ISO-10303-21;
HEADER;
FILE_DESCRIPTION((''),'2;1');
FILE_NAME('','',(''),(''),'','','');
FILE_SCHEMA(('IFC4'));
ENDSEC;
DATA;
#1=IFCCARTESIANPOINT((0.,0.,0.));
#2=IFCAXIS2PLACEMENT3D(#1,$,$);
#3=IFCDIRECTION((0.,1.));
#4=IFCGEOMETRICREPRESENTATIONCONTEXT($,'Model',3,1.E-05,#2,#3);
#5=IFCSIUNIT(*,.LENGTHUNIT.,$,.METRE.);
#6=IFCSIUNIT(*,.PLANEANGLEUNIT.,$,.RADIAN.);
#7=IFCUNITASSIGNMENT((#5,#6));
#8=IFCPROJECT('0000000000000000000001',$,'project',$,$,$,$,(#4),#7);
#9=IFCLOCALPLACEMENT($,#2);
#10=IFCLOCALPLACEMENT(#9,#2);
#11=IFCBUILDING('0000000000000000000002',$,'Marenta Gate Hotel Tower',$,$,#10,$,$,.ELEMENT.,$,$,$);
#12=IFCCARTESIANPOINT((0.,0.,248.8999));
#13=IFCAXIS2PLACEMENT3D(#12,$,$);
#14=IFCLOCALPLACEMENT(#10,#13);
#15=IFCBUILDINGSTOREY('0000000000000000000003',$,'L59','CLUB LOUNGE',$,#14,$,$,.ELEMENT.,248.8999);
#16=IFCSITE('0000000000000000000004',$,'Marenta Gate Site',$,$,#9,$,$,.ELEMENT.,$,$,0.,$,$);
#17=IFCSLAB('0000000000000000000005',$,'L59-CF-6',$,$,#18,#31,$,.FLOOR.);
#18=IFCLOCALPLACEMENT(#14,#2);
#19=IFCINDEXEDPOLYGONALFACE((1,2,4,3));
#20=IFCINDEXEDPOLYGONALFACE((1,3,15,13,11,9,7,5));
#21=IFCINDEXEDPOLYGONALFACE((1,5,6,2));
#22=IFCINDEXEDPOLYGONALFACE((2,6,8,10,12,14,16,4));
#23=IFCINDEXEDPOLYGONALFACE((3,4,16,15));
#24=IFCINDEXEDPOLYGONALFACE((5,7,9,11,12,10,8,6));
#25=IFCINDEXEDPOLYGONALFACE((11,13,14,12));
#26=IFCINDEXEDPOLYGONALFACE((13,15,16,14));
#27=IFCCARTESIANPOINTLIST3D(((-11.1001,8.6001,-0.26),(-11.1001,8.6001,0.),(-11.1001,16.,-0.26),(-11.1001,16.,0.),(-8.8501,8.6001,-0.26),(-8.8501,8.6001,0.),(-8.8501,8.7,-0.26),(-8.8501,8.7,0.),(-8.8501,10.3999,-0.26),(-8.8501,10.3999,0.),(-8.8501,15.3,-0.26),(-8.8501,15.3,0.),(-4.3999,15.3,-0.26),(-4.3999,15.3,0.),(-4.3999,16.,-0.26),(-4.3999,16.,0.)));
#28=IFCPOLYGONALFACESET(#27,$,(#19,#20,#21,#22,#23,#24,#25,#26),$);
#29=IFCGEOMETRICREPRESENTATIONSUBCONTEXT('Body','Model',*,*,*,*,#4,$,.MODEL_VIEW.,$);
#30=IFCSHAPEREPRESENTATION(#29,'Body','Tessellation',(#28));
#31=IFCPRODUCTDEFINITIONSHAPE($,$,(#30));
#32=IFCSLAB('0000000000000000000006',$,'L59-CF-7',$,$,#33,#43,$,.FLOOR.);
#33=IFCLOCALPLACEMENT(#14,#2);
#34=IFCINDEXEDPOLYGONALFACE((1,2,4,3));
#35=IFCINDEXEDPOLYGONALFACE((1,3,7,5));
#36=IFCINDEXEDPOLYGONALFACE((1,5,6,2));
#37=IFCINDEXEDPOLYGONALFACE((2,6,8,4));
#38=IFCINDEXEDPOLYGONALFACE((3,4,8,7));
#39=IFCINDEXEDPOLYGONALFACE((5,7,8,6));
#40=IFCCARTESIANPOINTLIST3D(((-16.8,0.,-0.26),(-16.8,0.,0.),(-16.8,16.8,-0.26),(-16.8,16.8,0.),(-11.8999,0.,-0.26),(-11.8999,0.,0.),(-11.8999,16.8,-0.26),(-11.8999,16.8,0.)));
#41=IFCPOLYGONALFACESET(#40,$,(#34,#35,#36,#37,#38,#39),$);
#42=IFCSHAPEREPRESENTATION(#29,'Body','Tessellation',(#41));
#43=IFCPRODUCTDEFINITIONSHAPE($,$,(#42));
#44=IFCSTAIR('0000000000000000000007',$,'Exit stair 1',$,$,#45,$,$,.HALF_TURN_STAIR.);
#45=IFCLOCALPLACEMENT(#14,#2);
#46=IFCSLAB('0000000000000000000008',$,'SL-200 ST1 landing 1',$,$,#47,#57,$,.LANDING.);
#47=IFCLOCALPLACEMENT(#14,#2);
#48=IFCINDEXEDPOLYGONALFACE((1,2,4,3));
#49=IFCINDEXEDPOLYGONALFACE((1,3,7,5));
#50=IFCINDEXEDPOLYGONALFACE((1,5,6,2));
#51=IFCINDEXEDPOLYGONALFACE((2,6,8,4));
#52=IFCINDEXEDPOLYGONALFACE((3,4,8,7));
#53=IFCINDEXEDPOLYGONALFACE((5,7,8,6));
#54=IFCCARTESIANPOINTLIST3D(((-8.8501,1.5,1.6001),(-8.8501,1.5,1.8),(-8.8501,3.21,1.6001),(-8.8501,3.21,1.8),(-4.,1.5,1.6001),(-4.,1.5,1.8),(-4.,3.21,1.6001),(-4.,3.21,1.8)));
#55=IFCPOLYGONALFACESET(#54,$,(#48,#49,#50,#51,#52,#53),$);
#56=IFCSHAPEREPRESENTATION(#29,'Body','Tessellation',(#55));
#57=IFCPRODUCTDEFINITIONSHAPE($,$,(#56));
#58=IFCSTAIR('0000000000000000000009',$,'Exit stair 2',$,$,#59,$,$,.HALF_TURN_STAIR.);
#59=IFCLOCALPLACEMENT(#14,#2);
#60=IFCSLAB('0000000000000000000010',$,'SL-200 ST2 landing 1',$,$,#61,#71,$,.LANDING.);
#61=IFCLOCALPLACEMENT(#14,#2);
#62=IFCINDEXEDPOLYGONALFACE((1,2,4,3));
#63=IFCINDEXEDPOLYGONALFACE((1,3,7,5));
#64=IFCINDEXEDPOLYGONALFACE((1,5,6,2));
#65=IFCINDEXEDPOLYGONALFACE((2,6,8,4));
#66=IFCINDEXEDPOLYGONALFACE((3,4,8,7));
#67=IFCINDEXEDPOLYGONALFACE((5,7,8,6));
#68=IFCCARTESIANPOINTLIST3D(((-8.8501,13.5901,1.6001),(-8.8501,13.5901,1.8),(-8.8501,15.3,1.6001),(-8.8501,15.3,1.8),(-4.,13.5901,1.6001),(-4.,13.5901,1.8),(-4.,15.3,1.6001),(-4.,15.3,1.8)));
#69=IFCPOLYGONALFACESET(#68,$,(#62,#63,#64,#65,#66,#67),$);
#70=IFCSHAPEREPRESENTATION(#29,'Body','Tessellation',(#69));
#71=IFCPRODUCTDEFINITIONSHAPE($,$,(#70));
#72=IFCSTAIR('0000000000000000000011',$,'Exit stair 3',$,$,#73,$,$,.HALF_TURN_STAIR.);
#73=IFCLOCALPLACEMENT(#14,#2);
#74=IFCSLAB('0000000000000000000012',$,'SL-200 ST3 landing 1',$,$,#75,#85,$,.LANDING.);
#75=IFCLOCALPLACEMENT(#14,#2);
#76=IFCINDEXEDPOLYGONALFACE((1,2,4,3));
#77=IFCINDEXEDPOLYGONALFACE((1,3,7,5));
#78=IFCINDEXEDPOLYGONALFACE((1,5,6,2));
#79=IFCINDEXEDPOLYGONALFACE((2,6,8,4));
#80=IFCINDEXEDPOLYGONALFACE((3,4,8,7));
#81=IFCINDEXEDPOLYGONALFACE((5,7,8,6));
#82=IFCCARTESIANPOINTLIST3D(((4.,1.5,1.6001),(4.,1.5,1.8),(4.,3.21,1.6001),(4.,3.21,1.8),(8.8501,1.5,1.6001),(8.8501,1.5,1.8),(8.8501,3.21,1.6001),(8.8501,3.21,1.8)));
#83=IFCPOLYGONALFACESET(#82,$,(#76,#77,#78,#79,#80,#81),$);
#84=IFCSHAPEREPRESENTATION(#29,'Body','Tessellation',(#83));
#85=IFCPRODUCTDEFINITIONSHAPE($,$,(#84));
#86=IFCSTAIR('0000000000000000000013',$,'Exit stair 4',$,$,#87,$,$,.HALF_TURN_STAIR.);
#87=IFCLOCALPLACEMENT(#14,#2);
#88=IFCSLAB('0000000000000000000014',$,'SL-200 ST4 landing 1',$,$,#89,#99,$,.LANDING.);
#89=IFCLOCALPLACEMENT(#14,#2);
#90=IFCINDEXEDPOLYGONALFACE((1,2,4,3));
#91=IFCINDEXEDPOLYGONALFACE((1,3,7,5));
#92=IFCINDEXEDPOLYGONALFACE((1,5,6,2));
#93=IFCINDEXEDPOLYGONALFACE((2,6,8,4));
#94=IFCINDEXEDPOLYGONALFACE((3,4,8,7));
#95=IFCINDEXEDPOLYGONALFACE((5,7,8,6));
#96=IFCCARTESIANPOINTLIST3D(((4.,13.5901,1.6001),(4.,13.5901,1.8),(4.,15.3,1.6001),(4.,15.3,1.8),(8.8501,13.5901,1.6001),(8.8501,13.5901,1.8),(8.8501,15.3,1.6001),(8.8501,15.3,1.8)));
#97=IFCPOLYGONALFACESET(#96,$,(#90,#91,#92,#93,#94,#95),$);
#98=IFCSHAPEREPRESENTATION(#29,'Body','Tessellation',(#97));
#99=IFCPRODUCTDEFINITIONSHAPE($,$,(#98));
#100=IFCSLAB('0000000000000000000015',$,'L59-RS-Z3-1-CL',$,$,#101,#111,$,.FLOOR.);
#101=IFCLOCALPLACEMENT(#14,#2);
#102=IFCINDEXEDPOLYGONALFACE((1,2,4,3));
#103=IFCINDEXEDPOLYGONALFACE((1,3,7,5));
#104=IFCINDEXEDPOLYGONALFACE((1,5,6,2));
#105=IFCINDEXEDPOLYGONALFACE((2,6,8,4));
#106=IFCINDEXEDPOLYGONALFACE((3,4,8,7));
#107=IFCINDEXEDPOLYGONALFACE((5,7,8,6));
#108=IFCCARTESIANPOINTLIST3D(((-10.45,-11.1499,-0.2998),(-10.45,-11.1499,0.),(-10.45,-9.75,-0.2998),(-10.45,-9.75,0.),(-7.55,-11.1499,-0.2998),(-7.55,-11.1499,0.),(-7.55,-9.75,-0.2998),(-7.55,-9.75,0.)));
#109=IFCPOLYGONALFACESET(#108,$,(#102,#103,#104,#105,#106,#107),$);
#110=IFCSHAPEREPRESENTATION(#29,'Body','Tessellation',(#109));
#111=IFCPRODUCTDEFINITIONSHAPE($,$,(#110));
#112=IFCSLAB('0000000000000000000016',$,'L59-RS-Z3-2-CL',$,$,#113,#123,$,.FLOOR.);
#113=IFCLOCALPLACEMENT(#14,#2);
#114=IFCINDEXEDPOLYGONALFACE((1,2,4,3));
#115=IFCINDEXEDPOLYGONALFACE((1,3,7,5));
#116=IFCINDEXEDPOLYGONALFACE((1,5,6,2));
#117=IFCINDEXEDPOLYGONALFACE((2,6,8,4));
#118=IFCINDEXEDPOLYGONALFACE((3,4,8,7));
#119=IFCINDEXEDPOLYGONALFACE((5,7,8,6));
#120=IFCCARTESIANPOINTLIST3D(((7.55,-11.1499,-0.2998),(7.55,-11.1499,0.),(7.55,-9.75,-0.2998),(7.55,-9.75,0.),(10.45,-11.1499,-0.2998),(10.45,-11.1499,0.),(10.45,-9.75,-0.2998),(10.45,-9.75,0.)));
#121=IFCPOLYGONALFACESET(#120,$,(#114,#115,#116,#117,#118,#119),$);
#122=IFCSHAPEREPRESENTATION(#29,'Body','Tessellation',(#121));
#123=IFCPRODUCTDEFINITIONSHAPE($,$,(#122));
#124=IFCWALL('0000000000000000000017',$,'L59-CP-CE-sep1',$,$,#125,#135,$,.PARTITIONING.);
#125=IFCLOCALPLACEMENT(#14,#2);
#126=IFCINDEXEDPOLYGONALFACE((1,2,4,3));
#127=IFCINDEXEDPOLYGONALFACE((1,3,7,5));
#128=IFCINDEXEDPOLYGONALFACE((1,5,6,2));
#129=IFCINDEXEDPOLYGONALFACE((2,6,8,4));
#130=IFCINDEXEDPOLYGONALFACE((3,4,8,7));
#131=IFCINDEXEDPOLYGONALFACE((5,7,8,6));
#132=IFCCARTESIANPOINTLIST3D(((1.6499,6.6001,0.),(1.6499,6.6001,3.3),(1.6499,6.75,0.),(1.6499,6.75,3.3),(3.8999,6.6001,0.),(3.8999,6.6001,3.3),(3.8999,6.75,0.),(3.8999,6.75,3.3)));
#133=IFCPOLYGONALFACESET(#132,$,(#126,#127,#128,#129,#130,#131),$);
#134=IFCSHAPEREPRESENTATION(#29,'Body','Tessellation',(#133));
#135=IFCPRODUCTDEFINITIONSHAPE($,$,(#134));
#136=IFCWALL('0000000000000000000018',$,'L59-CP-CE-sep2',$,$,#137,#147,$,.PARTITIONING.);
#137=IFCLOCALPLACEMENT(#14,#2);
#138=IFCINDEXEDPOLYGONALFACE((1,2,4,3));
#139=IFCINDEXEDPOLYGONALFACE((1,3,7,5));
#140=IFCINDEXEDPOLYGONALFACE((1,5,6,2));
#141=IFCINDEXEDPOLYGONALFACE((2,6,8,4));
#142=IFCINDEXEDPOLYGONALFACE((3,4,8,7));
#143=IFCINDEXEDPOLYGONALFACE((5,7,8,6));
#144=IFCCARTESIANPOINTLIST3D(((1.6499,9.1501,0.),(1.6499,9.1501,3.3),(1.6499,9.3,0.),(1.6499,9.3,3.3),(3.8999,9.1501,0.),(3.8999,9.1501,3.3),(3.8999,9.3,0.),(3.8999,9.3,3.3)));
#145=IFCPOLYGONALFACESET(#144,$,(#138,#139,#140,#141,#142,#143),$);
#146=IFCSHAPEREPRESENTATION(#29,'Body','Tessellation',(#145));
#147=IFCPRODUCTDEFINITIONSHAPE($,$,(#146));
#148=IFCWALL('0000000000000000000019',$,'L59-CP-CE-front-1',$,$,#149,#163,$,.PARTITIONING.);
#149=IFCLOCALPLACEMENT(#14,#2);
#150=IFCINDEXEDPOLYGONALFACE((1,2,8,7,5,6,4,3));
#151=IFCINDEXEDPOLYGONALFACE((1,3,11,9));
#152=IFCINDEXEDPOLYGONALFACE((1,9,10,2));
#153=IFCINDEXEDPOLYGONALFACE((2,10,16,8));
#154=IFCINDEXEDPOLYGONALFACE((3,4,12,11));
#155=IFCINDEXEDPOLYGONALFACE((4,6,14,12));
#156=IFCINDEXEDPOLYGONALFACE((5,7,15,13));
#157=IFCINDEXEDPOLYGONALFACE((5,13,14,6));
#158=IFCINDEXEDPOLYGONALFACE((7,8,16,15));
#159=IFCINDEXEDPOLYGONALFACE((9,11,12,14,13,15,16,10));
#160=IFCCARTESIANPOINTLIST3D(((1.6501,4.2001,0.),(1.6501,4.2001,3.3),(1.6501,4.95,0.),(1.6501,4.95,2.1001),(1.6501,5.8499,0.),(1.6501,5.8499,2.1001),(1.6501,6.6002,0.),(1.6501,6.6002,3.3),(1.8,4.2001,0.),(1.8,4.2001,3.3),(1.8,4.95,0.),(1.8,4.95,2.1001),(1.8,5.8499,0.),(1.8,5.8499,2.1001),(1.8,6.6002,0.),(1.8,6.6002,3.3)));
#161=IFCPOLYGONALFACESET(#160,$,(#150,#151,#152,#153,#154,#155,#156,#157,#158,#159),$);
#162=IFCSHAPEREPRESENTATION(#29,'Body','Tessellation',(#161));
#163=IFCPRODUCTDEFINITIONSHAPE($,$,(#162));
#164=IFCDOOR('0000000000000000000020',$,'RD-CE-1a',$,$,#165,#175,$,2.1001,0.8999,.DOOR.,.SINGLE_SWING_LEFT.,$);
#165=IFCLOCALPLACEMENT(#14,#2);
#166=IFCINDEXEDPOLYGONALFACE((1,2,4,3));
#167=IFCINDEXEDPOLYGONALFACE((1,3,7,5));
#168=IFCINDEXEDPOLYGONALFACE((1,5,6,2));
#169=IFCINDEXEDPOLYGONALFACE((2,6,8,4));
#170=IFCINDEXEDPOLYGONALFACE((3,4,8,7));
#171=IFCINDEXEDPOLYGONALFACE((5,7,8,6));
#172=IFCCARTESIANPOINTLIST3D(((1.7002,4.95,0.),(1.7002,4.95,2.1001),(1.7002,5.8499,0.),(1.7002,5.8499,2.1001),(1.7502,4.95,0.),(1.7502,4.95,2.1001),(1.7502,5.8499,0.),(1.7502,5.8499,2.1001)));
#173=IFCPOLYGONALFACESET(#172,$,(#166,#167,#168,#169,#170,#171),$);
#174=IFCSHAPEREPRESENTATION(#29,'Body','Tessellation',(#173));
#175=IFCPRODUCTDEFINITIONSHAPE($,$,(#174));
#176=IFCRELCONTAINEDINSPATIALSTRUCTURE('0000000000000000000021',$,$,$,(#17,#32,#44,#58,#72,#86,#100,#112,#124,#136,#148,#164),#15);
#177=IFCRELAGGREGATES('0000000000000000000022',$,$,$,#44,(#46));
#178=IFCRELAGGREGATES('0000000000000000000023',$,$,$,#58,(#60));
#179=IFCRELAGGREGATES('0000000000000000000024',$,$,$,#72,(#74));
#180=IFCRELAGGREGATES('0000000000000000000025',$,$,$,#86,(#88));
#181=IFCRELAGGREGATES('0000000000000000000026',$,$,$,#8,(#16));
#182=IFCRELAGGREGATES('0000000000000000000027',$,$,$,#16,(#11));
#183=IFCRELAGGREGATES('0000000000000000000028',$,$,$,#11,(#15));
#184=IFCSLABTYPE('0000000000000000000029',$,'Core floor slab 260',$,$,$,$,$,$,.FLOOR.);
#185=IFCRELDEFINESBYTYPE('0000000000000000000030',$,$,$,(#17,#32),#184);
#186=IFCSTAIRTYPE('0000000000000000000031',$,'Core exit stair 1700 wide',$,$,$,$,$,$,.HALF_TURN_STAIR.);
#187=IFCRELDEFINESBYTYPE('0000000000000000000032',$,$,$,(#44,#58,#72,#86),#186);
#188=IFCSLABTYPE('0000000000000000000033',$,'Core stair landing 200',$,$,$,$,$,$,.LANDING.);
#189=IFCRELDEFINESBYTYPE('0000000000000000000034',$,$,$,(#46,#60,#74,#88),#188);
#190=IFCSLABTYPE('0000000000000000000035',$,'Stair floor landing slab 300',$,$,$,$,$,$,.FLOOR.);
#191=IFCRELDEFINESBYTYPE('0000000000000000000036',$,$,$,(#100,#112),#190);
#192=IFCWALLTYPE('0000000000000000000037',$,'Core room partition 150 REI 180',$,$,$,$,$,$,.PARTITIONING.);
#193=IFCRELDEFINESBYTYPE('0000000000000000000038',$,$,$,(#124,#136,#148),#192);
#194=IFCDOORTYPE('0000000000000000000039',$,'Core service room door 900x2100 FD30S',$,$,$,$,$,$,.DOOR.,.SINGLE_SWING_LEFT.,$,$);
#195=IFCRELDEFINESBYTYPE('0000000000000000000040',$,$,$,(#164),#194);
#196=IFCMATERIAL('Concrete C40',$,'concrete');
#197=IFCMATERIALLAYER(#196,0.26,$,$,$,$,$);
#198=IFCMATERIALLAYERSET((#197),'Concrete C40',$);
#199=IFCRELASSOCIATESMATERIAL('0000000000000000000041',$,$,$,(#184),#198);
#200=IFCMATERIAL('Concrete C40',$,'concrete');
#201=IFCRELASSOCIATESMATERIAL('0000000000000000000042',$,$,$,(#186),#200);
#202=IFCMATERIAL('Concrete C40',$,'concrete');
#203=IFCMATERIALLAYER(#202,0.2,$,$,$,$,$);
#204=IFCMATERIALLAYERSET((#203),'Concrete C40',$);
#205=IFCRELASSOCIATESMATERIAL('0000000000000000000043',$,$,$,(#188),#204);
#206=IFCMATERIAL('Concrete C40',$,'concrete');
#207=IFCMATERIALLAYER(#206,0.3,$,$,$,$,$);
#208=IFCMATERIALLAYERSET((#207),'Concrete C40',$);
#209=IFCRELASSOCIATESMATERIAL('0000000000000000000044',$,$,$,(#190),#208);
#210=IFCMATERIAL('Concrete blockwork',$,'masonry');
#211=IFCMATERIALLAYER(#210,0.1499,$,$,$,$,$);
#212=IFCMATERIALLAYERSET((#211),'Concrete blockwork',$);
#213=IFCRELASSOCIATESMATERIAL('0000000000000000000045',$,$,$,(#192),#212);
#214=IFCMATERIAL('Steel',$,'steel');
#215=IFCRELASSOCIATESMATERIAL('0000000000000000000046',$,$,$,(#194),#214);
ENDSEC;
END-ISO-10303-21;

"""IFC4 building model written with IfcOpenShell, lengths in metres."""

from ifc_helpers import new_model, si_unit, direction, frame, frame_2d, origin, place, context, subcontext, project, spatial, polyline, rectangle, outline, extrude, material, layer, layer_set, type_object, element, fill, aggregate, save


model = new_model("IFC4")

# Units and contexts
model_context = context("Model", 3, precision=1e-05, world=origin(), true_north=direction((0.0, 1.0)))
body_context = subcontext(model_context, "Body", "Model", "MODEL_VIEW")
ifc_project = project(units=[si_unit("LENGTHUNIT", "METRE"), si_unit("PLANEANGLEUNIT", "RADIAN")], contexts=[model_context])

# Site, building, storey
site_placement = place(None, origin())
site = spatial("IfcSite", under=ifc_project, at=site_placement, Name="Marenta Gate Site", CompositionType="ELEMENT", RefElevation=0.0)
building_placement = place(site_placement, origin())
building = spatial("IfcBuilding", under=site, at=building_placement, Name="Marenta Gate Hotel Tower", CompositionType="ELEMENT")
storey_placement = place(building_placement, frame((0.0, 0.0, 248.8999)))
storey = spatial("IfcBuildingStorey", under=building, at=storey_placement, Name="L59", Description="CLUB LOUNGE", CompositionType="ELEMENT", Elevation=248.8999)

# Slabs
ifc_material_1 = material(Name="Concrete C40", Category="concrete")
ifc_layer_1 = layer(ifc_material_1, 0.26)
ifc_layer_set_1 = layer_set([ifc_layer_1], Name="Concrete C40")
slab_type_1 = type_object("IfcSlabType", Name="Core floor slab 260", PredefinedType="FLOOR", material=ifc_layer_set_1)
slab_1_placement = place(storey_placement, frame((0.0, 0.0, -0.26)))
element("IfcSlab", 1, at=slab_1_placement, inside=storey, type_object=slab_type_1, Name="L59-CF-6", PredefinedType="FLOOR", context=body_context, shape_type="SweptSolid", body=[
    extrude(outline(polyline([(-4.3999, 15.3), (-8.8501, 15.3), (-8.8501, 10.3999), (-8.8501, 8.7), (-8.8501, 8.6001), (-11.1001, 8.6001), (-11.1001, 16.0), (-4.3999, 16.0), (-4.3999, 15.3)])), origin(), (0.0, 0.0, 1.0), 0.26),
])
slab_2_placement = place(storey_placement, frame((0.0, 0.0, -0.26)))
element("IfcSlab", 2, at=slab_2_placement, inside=storey, type_object=slab_type_1, Name="L59-CF-7", PredefinedType="FLOOR", context=body_context, shape_type="SweptSolid", body=[
    extrude(outline(polyline([(-11.8999, 16.8), (-11.8999, 0.0), (-16.8, 0.0), (-16.8, 16.8), (-11.8999, 16.8)])), origin(), (0.0, 0.0, 1.0), 0.26),
])

# Stairs, slabs
ifc_material_2 = material(Name="Concrete C40", Category="concrete")
stair_type = type_object("IfcStairType", Name="Core exit stair 1700 wide", PredefinedType="HALF_TURN_STAIR", material=ifc_material_2)
stair_1_placement = place(storey_placement, origin())
stair_1 = element("IfcStair", 3, at=stair_1_placement, inside=storey, type_object=stair_type, Name="Exit stair 1", PredefinedType="HALF_TURN_STAIR")
ifc_material_3 = material(Name="Concrete C40", Category="concrete")
ifc_layer_2 = layer(ifc_material_3, 0.2)
ifc_layer_set_2 = layer_set([ifc_layer_2], Name="Concrete C40")
slab_type_2 = type_object("IfcSlabType", Name="Core stair landing 200", PredefinedType="LANDING", material=ifc_layer_set_2)
slab_3_placement = place(storey_placement, frame((0.0, 0.0, 1.6001)))
slab_3 = element("IfcSlab", 4, at=slab_3_placement, type_object=slab_type_2, Name="SL-200 ST1 landing 1", PredefinedType="LANDING", context=body_context, shape_type="SweptSolid", body=[
    extrude(outline(polyline([(-8.8501, 1.5), (-4.0, 1.5), (-4.0, 3.21), (-8.8501, 3.21), (-8.8501, 1.5)])), origin(), (0.0, 0.0, 1.0), 0.2),
])
aggregate(stair_1, [slab_3])
stair_2_placement = place(storey_placement, origin())
stair_2 = element("IfcStair", 5, at=stair_2_placement, inside=storey, type_object=stair_type, Name="Exit stair 2", PredefinedType="HALF_TURN_STAIR")
slab_4_placement = place(storey_placement, frame((0.0, 0.0, 1.6001)))
slab_4 = element("IfcSlab", 6, at=slab_4_placement, type_object=slab_type_2, Name="SL-200 ST2 landing 1", PredefinedType="LANDING", context=body_context, shape_type="SweptSolid", body=[
    extrude(outline(polyline([(-8.8501, 13.5901), (-4.0, 13.5901), (-4.0, 15.3), (-8.8501, 15.3), (-8.8501, 13.5901)])), origin(), (0.0, 0.0, 1.0), 0.2),
])
aggregate(stair_2, [slab_4])
stair_3_placement = place(storey_placement, origin())
stair_3 = element("IfcStair", 7, at=stair_3_placement, inside=storey, type_object=stair_type, Name="Exit stair 3", PredefinedType="HALF_TURN_STAIR")
slab_5_placement = place(storey_placement, frame((0.0, 0.0, 1.6001)))
slab_5 = element("IfcSlab", 8, at=slab_5_placement, type_object=slab_type_2, Name="SL-200 ST3 landing 1", PredefinedType="LANDING", context=body_context, shape_type="SweptSolid", body=[
    extrude(outline(polyline([(4.0, 1.5), (8.8501, 1.5), (8.8501, 3.21), (4.0, 3.21), (4.0, 1.5)])), origin(), (0.0, 0.0, 1.0), 0.2),
])
aggregate(stair_3, [slab_5])
stair_4_placement = place(storey_placement, origin())
stair_4 = element("IfcStair", 9, at=stair_4_placement, inside=storey, type_object=stair_type, Name="Exit stair 4", PredefinedType="HALF_TURN_STAIR")
slab_6_placement = place(storey_placement, frame((0.0, 0.0, 1.6001)))
slab_6 = element("IfcSlab", 10, at=slab_6_placement, type_object=slab_type_2, Name="SL-200 ST4 landing 1", PredefinedType="LANDING", context=body_context, shape_type="SweptSolid", body=[
    extrude(outline(polyline([(4.0, 13.5901), (8.8501, 13.5901), (8.8501, 15.3), (4.0, 15.3), (4.0, 13.5901)])), origin(), (0.0, 0.0, 1.0), 0.2),
])
aggregate(stair_4, [slab_6])

# Slabs
ifc_material_4 = material(Name="Concrete C40", Category="concrete")
ifc_layer_3 = layer(ifc_material_4, 0.3)
ifc_layer_set_3 = layer_set([ifc_layer_3], Name="Concrete C40")
slab_type_3 = type_object("IfcSlabType", Name="Stair floor landing slab 300", PredefinedType="FLOOR", material=ifc_layer_set_3)
slab_7_placement = place(storey_placement, frame((0.0, 0.0, -0.2998)))
element("IfcSlab", 11, at=slab_7_placement, inside=storey, type_object=slab_type_3, Name="L59-RS-Z3-1-CL", PredefinedType="FLOOR", context=body_context, shape_type="SweptSolid", body=[
    extrude(outline(polyline([(-7.55, -11.1499), (-7.55, -9.75), (-10.45, -9.75), (-10.45, -11.1499), (-7.55, -11.1499)])), origin(), (0.0, 0.0, 1.0), 0.2998),
])
slab_8_placement = place(storey_placement, frame((0.0, 0.0, -0.2998)))
element("IfcSlab", 12, at=slab_8_placement, inside=storey, type_object=slab_type_3, Name="L59-RS-Z3-2-CL", PredefinedType="FLOOR", context=body_context, shape_type="SweptSolid", body=[
    extrude(outline(polyline([(10.45, -11.1499), (10.45, -9.75), (7.55, -9.75), (7.55, -11.1499), (10.45, -11.1499)])), origin(), (0.0, 0.0, 1.0), 0.2998),
])

# Walls
ifc_material_5 = material(Name="Concrete blockwork", Category="masonry")
ifc_layer_4 = layer(ifc_material_5, 0.1499)
ifc_layer_set_4 = layer_set([ifc_layer_4], Name="Concrete blockwork")
wall_type_1 = type_object("IfcWallType", Name="Core room partition 150 REI 180", PredefinedType="PARTITIONING", material=ifc_layer_set_4)
for number, where, z_axis, x_axis, name in (
    (13, (1.6499, 6.675, 0.0), (0.0, 0.0, 1.0), (1.0, 0.0, 0.0), "L59-CP-CE-sep1"),
    (14, (1.6499, 9.2251, 0.0), (0.0, 0.0, 1.0), (1.0, 0.0, 0.0), "L59-CP-CE-sep2"),
):
    element("IfcWall", number, at=place(storey_placement, frame(where, z_axis=z_axis, x_axis=x_axis)), inside=storey, type_object=wall_type_1, Name=name, PredefinedType="PARTITIONING", context=body_context, shape_type="SweptSolid", body=[
        extrude(rectangle(XDim=2.25, YDim=0.1499, at=frame_2d((1.125, 0.0))), origin(), (0.0, 0.0, 1.0), 3.3),
    ])

# Wall, opening, door
wall_1_placement = place(storey_placement, frame((1.7251, 4.2, 0.0), z_axis=(0.0, 0.0, 1.0), x_axis=(0.0, 1.0, 0.0)))
wall_1 = element("IfcWall", 15, at=wall_1_placement, inside=storey, type_object=wall_type_1, Name="L59-CP-CE-front-1", PredefinedType="PARTITIONING", context=body_context, shape_type="SweptSolid", body=[
    extrude(rectangle(XDim=2.4001, YDim=0.1499, at=frame_2d((1.2002, 0.0))), origin(), (0.0, 0.0, 1.0), 3.3),
])
opening_1_placement = place(wall_1_placement, frame((0.75, 0.0, 0.0)))
opening_1 = element("IfcOpeningElement", 16, at=opening_1_placement, cuts=wall_1, PredefinedType="OPENING", context=body_context, shape_type="SweptSolid", body=[
    extrude(rectangle(XDim=0.8999, YDim=2.1001, at=frame_2d((0.45, 1.05))), frame((0.0, 0.075, 0.0), z_axis=(0.0, -1.0, 0.0), x_axis=(1.0, 0.0, 0.0)), (0.0, 0.0, 1.0), 0.1499),
])
ifc_material_6 = material(Name="Steel", Category="steel")
door_type_1 = type_object("IfcDoorType", Name="Core service room door 900x2100 FD30S", OperationType="SINGLE_SWING_LEFT", PredefinedType="DOOR", material=ifc_material_6)
door_1_placement = place(opening_1_placement, origin())
door_1 = element("IfcDoor", 17, at=door_1_placement, inside=storey, type_object=door_type_1, Name="RD-CE-1a", OperationType="SINGLE_SWING_LEFT", OverallHeight=2.1001, OverallWidth=0.8999, PredefinedType="DOOR", context=body_context, shape_type="SweptSolid", body=[
    extrude(rectangle(XDim=0.8999, YDim=2.1001, at=frame_2d((0.45, 1.05))), frame((0.0, 0.0249, 0.0), z_axis=(0.0, -1.0, 0.0), x_axis=(1.0, 0.0, 0.0)), (0.0, 0.0, 1.0), 0.05),
])
fill(opening_1, door_1)

save(model, "model.ifc")
